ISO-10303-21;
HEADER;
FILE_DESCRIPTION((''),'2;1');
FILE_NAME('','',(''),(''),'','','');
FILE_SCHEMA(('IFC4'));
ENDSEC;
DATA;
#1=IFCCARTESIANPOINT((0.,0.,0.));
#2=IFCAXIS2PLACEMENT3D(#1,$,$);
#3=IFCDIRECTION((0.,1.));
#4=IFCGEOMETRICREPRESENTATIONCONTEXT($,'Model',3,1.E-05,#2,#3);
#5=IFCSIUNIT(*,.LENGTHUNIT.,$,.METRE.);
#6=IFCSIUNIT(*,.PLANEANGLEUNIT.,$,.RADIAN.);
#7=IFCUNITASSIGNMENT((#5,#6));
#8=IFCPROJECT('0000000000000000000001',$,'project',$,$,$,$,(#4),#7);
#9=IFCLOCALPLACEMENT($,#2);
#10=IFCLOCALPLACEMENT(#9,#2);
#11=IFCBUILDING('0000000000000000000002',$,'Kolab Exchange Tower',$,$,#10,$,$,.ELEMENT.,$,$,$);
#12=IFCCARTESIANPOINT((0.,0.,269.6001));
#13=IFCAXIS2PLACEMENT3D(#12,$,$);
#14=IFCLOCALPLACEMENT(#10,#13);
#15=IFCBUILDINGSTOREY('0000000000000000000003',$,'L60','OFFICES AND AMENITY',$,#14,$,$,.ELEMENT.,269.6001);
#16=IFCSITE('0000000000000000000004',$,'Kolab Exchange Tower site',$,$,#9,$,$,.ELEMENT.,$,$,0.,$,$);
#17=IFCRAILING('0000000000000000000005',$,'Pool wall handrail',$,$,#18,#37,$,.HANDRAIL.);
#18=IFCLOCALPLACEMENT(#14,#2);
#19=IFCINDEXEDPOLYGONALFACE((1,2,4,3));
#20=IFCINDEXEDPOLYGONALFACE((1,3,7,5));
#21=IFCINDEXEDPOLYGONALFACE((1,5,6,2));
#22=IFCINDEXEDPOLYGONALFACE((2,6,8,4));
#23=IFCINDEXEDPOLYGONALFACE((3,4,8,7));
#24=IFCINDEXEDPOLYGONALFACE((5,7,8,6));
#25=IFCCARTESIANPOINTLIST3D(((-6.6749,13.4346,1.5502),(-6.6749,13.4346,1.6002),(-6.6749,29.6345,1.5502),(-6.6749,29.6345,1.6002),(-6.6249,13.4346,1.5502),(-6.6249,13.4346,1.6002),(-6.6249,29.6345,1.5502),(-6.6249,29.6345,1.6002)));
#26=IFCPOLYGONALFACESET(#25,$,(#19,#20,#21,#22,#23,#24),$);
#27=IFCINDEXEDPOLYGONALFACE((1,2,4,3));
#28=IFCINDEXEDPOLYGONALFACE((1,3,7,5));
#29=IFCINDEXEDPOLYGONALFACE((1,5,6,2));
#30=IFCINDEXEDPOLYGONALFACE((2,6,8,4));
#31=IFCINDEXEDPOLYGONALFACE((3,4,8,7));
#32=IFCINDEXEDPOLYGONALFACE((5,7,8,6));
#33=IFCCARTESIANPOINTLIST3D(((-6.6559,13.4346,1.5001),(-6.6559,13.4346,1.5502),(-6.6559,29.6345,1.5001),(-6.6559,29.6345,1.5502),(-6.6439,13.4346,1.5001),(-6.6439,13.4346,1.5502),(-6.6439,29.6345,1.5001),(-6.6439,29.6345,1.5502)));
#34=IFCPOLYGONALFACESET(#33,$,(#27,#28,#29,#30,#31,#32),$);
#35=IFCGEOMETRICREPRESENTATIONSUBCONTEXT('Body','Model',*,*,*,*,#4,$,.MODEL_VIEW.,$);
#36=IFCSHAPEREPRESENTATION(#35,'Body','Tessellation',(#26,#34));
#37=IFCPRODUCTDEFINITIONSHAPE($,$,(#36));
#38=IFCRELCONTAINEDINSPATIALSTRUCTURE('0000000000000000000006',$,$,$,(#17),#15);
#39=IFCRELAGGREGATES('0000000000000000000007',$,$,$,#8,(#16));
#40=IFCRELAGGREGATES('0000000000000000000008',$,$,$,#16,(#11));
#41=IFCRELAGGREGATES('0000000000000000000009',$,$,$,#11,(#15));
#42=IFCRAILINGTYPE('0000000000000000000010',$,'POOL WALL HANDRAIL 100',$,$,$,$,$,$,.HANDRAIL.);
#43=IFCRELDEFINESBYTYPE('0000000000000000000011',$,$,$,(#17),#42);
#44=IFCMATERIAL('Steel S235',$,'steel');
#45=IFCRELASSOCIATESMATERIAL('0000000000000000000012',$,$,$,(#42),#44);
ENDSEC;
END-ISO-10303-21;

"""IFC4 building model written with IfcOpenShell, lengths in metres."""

from ifc_helpers import new_model, si_unit, direction, frame, frame_2d, origin, origin_2d, place, context, subcontext, project, spatial, rectangle, extrude, material, type_object, element, save


model = new_model("IFC4")

# Units and contexts
model_context = context("Model", 3, precision=1e-05, world=origin(), true_north=direction((0.0, 1.0)))
body_context = subcontext(model_context, "Body", "Model", "MODEL_VIEW")
ifc_project = project(units=[si_unit("LENGTHUNIT", "METRE"), si_unit("PLANEANGLEUNIT", "RADIAN")], contexts=[model_context])

# Site, building, storey
site_placement = place(None, origin())
site = spatial("IfcSite", under=ifc_project, at=site_placement, Name="Kolab Exchange Tower site", CompositionType="ELEMENT", RefElevation=0.0)
building_placement = place(site_placement, origin())
building = spatial("IfcBuilding", under=site, at=building_placement, Name="Kolab Exchange Tower", CompositionType="ELEMENT")
storey_placement = place(building_placement, frame((0.0, 0.0, 269.6001)))
storey = spatial("IfcBuildingStorey", under=building, at=storey_placement, Name="L60", Description="OFFICES AND AMENITY", CompositionType="ELEMENT", Elevation=269.6001)

# Shared definitions
ifc_material_1 = material(Name="Steel S235", Category="steel")

# Railing
railing_type = type_object("IfcRailingType", Name="POOL WALL HANDRAIL 100", PredefinedType="HANDRAIL", material=ifc_material_1)
railing_placement = place(storey_placement, frame((-6.6499, 13.4346, 1.5)))
element("IfcRailing", 1, at=railing_placement, inside=storey, type_object=railing_type, Name="Pool wall handrail", PredefinedType="HANDRAIL", context=body_context, shape_type="SweptSolid", body=[
    extrude(rectangle(XDim=0.05, YDim=0.05, at=origin_2d()), frame((0.0, 0.0, 0.0752), z_axis=(0.0, 1.0, 0.0), x_axis=(-1.0, 0.0, 0.0)), (0.0, 0.0, 1.0), 16.2),
    extrude(rectangle(XDim=0.012, YDim=0.0501, at=frame_2d((0.0, 0.0251))), frame((0.0, 0.0, 0.0), z_axis=(0.0, 1.0, 0.0), x_axis=(-1.0, 0.0, 0.0)), (0.0, 0.0, 1.0), 16.2),
])

save(model, "model.ifc")
